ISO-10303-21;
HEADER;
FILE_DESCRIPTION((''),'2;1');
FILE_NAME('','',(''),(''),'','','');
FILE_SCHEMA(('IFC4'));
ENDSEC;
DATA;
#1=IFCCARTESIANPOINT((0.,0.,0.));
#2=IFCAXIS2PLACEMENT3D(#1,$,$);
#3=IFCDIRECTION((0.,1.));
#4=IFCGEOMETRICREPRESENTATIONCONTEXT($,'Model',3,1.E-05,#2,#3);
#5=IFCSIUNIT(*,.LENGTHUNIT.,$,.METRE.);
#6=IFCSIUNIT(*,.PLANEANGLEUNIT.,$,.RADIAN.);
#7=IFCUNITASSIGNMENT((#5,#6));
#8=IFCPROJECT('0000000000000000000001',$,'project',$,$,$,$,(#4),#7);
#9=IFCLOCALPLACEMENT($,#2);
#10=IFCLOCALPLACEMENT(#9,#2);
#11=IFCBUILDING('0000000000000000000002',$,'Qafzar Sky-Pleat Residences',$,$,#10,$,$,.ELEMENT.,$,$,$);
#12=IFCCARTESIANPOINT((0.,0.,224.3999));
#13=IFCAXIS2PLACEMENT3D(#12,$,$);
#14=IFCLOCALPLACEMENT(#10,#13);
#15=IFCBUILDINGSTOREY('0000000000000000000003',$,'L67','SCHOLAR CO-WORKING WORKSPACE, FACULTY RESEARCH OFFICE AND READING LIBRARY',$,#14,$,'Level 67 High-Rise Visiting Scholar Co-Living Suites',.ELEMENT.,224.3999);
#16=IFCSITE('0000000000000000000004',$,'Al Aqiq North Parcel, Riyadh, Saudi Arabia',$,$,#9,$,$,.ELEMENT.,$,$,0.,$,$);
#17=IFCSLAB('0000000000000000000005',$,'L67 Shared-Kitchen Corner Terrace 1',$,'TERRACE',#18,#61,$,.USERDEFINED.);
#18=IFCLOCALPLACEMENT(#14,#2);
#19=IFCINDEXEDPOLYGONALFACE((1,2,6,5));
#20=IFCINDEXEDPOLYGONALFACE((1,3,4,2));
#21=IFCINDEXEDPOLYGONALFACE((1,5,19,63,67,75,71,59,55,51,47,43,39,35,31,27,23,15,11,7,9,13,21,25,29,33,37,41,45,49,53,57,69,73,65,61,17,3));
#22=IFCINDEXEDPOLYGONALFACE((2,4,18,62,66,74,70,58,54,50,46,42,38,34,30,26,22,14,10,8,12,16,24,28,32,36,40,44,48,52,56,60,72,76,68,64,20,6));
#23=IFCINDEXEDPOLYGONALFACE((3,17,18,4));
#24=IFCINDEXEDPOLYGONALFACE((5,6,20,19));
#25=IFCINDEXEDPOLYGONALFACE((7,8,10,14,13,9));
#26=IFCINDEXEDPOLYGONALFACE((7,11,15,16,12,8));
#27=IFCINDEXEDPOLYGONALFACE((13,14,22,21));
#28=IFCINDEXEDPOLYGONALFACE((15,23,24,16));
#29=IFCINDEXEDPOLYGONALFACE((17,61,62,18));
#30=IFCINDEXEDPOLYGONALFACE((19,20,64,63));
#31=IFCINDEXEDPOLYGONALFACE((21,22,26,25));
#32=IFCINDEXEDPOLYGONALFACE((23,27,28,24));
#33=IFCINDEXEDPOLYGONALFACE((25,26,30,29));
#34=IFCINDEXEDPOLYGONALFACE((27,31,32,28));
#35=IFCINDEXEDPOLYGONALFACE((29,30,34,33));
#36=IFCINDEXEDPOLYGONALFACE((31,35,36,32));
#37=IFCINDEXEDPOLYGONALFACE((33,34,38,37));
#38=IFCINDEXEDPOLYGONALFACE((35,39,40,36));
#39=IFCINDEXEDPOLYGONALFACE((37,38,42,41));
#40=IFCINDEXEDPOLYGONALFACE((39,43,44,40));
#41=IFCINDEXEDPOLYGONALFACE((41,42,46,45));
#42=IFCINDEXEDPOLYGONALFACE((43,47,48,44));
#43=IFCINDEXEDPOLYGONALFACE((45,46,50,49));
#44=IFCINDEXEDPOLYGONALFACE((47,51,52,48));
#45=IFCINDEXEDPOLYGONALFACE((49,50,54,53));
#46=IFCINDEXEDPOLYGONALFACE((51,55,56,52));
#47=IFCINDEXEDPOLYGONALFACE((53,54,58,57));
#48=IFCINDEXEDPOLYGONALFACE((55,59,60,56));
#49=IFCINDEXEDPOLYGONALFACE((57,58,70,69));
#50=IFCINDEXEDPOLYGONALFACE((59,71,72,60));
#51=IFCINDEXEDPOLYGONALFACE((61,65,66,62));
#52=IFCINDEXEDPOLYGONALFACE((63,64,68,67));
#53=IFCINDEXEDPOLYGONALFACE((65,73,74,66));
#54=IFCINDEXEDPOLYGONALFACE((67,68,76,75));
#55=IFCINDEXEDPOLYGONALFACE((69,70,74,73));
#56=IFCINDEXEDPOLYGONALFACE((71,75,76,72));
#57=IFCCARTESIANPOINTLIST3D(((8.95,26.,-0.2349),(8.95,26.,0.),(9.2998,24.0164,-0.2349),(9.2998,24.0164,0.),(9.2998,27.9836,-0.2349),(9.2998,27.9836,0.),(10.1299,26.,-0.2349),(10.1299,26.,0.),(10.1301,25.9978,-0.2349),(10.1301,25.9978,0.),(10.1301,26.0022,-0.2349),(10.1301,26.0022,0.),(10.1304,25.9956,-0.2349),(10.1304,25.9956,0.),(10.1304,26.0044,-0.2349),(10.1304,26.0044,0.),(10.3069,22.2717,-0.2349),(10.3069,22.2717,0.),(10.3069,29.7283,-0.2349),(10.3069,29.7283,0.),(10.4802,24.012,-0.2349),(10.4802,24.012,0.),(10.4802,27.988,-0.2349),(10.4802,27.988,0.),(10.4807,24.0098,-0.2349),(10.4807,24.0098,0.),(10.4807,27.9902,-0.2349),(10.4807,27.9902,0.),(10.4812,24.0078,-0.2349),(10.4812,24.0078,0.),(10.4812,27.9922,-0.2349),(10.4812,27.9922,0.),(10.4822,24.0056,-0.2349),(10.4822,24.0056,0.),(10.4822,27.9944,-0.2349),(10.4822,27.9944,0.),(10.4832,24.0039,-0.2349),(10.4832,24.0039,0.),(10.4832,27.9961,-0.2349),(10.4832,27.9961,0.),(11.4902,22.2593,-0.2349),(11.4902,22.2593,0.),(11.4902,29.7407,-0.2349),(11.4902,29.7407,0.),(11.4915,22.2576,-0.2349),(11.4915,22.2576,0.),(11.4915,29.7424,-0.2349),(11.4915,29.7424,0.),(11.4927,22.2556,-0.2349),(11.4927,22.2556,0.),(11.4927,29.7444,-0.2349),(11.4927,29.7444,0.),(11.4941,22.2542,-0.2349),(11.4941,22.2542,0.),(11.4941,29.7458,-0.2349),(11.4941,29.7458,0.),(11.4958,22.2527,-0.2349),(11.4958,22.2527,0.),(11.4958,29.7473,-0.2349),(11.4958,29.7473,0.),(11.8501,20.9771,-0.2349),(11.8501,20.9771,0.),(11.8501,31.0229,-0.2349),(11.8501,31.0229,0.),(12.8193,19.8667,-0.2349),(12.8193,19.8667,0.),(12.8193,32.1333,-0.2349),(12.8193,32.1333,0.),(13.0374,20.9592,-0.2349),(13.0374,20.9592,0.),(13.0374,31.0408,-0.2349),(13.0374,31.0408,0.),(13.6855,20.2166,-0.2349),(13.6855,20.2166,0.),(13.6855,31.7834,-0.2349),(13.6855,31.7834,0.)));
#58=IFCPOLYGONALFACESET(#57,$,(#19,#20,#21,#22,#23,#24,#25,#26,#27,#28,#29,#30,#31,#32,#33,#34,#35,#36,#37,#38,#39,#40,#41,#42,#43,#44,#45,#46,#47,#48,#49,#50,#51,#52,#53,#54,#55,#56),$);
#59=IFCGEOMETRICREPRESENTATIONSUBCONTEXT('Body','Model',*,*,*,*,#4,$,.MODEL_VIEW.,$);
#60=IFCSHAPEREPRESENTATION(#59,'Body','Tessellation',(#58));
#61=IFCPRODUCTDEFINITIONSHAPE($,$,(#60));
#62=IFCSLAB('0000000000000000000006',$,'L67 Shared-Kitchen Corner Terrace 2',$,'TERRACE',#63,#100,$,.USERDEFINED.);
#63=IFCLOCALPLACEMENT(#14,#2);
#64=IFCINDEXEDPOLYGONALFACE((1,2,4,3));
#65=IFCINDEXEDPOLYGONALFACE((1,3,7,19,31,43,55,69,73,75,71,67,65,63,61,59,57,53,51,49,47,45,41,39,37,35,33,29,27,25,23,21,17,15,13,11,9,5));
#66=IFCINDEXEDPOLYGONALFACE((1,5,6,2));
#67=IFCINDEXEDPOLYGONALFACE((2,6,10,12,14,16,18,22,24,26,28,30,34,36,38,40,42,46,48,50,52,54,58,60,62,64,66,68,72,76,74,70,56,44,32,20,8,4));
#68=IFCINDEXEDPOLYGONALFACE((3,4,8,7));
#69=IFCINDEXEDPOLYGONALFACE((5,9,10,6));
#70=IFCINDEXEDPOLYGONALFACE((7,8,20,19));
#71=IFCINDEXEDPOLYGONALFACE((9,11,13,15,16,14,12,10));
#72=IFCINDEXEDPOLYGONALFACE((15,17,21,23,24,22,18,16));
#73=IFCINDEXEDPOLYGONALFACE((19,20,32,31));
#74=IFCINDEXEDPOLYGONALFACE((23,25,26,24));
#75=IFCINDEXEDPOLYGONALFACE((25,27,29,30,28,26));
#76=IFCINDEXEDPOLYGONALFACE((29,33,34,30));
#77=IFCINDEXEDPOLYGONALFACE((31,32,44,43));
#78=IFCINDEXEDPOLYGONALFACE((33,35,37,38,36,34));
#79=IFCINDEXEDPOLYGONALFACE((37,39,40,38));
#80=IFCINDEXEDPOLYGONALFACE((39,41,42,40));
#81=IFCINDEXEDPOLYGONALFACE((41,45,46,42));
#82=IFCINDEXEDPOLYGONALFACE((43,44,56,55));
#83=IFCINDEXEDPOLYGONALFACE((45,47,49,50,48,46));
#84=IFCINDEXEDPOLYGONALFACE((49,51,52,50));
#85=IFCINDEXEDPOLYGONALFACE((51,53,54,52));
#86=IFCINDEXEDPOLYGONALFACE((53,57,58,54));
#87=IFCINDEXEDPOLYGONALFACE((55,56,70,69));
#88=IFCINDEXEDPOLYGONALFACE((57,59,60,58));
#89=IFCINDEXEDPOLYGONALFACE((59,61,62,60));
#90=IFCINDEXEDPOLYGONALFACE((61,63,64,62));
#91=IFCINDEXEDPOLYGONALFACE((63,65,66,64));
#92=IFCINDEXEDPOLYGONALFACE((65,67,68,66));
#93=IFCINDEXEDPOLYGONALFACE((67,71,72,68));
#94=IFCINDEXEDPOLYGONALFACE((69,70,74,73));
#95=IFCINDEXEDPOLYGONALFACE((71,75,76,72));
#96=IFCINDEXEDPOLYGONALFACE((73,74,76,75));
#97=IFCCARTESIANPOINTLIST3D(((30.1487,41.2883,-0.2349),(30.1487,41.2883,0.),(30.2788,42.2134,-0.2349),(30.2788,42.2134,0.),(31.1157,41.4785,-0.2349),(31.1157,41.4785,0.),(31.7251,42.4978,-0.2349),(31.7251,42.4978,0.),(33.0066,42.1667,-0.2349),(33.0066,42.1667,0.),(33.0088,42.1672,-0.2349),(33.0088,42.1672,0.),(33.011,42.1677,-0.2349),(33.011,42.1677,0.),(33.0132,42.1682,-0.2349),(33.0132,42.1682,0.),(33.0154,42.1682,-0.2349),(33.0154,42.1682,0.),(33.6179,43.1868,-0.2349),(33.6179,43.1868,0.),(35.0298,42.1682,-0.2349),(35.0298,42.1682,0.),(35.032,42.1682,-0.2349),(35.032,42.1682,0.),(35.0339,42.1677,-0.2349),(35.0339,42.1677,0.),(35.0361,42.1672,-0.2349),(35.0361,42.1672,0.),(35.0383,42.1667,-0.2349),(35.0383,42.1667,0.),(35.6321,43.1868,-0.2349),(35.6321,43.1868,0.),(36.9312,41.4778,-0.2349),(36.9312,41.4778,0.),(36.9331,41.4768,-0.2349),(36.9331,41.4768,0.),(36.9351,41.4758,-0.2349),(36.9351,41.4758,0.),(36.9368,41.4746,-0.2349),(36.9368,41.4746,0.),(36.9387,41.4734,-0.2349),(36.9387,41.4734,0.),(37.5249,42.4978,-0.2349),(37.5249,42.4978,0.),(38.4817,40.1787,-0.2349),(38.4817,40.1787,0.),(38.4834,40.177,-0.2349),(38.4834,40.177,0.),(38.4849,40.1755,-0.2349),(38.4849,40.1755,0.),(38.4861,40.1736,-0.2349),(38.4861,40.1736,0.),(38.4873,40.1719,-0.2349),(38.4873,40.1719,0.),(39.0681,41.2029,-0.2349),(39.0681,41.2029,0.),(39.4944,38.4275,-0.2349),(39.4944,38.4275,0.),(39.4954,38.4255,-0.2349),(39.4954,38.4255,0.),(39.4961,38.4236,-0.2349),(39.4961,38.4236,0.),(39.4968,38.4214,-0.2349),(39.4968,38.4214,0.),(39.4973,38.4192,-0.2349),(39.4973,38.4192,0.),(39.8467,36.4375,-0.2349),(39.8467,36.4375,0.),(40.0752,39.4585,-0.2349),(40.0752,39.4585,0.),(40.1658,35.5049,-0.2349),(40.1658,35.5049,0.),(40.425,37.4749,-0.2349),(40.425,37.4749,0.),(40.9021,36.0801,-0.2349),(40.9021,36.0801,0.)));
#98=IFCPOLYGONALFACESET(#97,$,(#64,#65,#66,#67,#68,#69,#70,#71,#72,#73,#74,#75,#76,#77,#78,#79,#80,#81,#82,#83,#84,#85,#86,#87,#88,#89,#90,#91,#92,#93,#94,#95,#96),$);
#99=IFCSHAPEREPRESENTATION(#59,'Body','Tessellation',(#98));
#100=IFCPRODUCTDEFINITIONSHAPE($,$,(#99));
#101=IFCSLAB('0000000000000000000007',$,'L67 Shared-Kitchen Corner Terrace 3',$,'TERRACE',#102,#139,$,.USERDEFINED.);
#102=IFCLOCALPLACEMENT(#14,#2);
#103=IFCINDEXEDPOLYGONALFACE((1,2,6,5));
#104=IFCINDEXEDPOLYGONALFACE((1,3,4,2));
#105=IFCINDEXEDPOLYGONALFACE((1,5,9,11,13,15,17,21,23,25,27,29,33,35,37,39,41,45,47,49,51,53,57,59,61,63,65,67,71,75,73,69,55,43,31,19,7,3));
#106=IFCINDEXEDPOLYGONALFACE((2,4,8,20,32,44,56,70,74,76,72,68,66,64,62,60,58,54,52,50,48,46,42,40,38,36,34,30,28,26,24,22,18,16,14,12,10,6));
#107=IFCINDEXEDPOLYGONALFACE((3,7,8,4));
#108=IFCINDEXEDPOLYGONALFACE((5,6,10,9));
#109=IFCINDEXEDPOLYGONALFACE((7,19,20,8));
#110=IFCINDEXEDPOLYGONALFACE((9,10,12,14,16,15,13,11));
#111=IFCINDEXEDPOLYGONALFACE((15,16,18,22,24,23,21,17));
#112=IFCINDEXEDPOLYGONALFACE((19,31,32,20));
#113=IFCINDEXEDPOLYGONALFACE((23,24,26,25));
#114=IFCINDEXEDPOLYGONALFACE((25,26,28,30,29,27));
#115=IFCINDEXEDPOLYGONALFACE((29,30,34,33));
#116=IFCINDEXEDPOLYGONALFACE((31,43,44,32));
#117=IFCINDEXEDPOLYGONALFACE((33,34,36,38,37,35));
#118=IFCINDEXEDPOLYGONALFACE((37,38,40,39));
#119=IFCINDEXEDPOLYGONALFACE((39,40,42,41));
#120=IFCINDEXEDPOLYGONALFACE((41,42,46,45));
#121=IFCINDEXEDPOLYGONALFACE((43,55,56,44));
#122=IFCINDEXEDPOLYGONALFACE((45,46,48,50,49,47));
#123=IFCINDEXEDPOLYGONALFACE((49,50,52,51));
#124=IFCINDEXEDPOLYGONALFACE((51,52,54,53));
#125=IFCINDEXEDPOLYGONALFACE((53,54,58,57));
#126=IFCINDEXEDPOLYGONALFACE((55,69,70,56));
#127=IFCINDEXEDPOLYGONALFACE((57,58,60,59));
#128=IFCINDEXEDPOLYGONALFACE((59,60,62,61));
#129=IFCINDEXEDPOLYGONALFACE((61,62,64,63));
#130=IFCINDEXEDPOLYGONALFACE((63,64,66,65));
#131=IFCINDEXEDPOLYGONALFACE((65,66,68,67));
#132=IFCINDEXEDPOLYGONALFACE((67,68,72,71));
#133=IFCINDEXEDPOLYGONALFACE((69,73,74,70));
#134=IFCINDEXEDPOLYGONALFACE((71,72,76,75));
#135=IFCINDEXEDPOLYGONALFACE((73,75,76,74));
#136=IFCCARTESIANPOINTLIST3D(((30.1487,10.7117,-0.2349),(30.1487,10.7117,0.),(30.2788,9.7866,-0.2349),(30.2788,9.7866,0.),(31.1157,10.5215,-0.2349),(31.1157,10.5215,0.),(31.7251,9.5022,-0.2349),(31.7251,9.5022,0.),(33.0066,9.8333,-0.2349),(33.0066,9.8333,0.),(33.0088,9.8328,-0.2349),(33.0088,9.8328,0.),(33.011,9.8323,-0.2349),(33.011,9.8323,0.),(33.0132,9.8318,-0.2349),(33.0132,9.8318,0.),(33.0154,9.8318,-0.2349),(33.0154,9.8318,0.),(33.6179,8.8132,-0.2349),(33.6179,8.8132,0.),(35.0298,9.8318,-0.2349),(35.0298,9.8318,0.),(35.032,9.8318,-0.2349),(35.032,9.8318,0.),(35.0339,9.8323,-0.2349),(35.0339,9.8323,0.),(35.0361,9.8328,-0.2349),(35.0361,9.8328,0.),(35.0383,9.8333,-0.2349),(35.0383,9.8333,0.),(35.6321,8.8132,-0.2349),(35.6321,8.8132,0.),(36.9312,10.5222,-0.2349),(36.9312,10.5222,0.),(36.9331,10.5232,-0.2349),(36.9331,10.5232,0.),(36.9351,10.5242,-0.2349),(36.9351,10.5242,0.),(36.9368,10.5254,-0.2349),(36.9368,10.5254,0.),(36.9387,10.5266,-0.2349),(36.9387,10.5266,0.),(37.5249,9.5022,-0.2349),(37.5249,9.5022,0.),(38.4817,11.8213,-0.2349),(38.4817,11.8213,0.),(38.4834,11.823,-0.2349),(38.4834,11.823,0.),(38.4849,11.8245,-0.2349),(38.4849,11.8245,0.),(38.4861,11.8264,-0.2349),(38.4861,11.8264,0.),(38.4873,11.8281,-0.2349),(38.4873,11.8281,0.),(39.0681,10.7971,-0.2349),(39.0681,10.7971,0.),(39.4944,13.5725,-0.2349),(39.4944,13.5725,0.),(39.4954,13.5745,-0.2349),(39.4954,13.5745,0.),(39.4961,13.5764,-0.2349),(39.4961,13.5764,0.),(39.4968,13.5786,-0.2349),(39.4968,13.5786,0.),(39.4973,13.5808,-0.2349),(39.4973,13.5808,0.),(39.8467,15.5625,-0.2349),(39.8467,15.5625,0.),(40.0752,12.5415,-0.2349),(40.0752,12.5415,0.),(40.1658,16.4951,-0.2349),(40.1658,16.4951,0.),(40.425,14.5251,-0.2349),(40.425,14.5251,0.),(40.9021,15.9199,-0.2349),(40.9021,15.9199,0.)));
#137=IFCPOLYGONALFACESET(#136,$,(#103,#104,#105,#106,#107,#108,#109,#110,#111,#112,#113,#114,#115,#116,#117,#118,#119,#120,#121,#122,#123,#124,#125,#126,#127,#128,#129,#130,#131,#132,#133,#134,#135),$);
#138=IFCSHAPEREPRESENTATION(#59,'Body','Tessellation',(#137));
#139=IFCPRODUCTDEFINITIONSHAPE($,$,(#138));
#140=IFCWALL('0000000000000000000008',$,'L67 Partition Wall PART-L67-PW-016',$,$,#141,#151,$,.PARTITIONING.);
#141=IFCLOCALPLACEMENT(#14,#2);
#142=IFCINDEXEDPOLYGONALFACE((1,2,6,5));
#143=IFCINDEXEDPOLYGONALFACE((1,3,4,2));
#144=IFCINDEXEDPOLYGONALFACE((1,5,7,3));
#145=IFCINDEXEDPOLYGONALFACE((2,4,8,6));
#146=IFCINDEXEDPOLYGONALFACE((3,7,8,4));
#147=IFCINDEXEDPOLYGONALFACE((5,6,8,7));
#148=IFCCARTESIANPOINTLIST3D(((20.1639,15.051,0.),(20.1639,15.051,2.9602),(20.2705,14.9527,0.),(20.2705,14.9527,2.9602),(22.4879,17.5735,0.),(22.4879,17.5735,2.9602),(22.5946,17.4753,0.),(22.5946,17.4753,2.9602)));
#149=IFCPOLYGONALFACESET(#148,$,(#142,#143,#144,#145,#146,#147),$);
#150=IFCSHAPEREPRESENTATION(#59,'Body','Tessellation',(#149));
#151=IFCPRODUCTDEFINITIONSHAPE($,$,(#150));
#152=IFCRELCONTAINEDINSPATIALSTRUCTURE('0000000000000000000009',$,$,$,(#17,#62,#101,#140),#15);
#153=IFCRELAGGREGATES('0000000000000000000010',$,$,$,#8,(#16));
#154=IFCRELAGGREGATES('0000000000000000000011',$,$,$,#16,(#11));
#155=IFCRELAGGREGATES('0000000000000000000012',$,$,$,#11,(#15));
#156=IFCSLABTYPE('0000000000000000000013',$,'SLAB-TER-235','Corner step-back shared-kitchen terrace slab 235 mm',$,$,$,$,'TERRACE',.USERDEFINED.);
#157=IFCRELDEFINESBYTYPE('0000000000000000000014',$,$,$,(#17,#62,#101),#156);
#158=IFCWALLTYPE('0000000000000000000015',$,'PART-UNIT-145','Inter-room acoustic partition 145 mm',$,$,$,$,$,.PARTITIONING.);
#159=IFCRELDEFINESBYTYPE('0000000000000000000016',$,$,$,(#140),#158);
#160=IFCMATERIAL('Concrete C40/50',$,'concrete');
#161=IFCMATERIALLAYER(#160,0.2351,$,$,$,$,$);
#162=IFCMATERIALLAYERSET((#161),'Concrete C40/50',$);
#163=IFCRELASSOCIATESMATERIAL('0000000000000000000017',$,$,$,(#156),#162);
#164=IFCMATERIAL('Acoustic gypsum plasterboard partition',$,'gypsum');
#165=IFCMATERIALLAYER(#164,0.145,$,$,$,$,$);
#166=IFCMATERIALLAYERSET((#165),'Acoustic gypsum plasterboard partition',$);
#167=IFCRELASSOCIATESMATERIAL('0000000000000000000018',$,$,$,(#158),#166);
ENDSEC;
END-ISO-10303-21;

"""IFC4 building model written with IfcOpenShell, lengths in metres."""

from ifc_helpers import new_model, si_unit, direction, frame, frame_2d, origin, place, context, subcontext, project, spatial, polyline, rectangle, outline, extrude, material, layer, layer_set, type_object, element, save


model = new_model("IFC4")

# Units and contexts
model_context = context("Model", 3, precision=1e-05, world=origin(), true_north=direction((0.0, 1.0)))
body_context = subcontext(model_context, "Body", "Model", "MODEL_VIEW")
ifc_project = project(units=[si_unit("LENGTHUNIT", "METRE"), si_unit("PLANEANGLEUNIT", "RADIAN")], contexts=[model_context])

# Site, building, storey
site_placement = place(None, origin())
site = spatial("IfcSite", under=ifc_project, at=site_placement, Name="Al Aqiq North Parcel, Riyadh, Saudi Arabia", CompositionType="ELEMENT", RefElevation=0.0)
building_placement = place(site_placement, origin())
building = spatial("IfcBuilding", under=site, at=building_placement, Name="Qafzar Sky-Pleat Residences", CompositionType="ELEMENT")
storey_placement = place(building_placement, frame((0.0, 0.0, 224.3999)))
storey = spatial("IfcBuildingStorey", under=building, at=storey_placement, Name="L67", Description="SCHOLAR CO-WORKING WORKSPACE, FACULTY RESEARCH OFFICE AND READING LIBRARY", LongName="Level 67 High-Rise Visiting Scholar Co-Living Suites", CompositionType="ELEMENT", Elevation=224.3999)

# Shared definitions
ifc_material_1 = material(Name="Concrete C40/50", Category="concrete")

# Slabs
ifc_layer_1 = layer(ifc_material_1, 0.2351)
ifc_layer_set_1 = layer_set([ifc_layer_1], Name="Concrete C40/50")
slab_type_1 = type_object("IfcSlabType", Name="SLAB-TER-235", Description="Corner step-back shared-kitchen terrace slab 235 mm", ElementType="TERRACE", PredefinedType="USERDEFINED", material=ifc_layer_set_1)
slab_1_placement = place(storey_placement, frame((0.0, 0.0, -0.2349)))
element("IfcSlab", 1, at=slab_1_placement, inside=storey, type_object=slab_type_1, Name="L67 Shared-Kitchen Corner Terrace 1", ObjectType="TERRACE", PredefinedType="USERDEFINED", context=body_context, shape_type="SweptSolid", body=[
    extrude(outline(polyline([(13.0374, 31.0408), (11.4958, 29.7473), (11.4941, 29.7458), (11.4927, 29.7444), (11.4915, 29.7424), (11.4902, 29.7407), (10.4832, 27.9961), (10.4822, 27.9944), (10.4812, 27.9922), (10.4807, 27.9902), (10.4802, 27.988), (10.1304, 26.0044), (10.1301, 26.0022), (10.1299, 26.0), (10.1301, 25.9978), (10.1304, 25.9956), (10.4802, 24.012), (10.4807, 24.0098), (10.4812, 24.0078), (10.4822, 24.0056), (10.4832, 24.0039), (11.4902, 22.2593), (11.4915, 22.2576), (11.4927, 22.2556), (11.4941, 22.2542), (11.4958, 22.2527), (13.0374, 20.9592), (13.6855, 20.2166), (12.8193, 19.8667), (11.8501, 20.9771), (10.3069, 22.2717), (9.2998, 24.0164), (8.95, 26.0), (9.2998, 27.9836), (10.3069, 29.7283), (11.8501, 31.0229), (12.8193, 32.1333), (13.6855, 31.7834), (13.0374, 31.0408)])), origin(), (0.0, 0.0, 1.0), 0.2349),
])
slab_2_placement = place(storey_placement, frame((0.0, 0.0, -0.2349)))
element("IfcSlab", 2, at=slab_2_placement, inside=storey, type_object=slab_type_1, Name="L67 Shared-Kitchen Corner Terrace 2", ObjectType="TERRACE", PredefinedType="USERDEFINED", context=body_context, shape_type="SweptSolid", body=[
    extrude(outline(polyline([(31.7251, 42.4978), (33.6179, 43.1868), (35.6321, 43.1868), (37.5249, 42.4978), (39.0681, 41.2029), (40.0752, 39.4585), (40.425, 37.4749), (40.9021, 36.0801), (40.1658, 35.5049), (39.8467, 36.4375), (39.4973, 38.4192), (39.4968, 38.4214), (39.4961, 38.4236), (39.4954, 38.4255), (39.4944, 38.4275), (38.4873, 40.1719), (38.4861, 40.1736), (38.4849, 40.1755), (38.4834, 40.177), (38.4817, 40.1787), (36.9387, 41.4734), (36.9368, 41.4746), (36.9351, 41.4758), (36.9331, 41.4768), (36.9312, 41.4778), (35.0383, 42.1667), (35.0361, 42.1672), (35.0339, 42.1677), (35.032, 42.1682), (35.0298, 42.1682), (33.0154, 42.1682), (33.0132, 42.1682), (33.011, 42.1677), (33.0088, 42.1672), (33.0066, 42.1667), (31.1157, 41.4785), (30.1487, 41.2883), (30.2788, 42.2134), (31.7251, 42.4978)])), origin(), (0.0, 0.0, 1.0), 0.2349),
])
slab_3_placement = place(storey_placement, frame((0.0, 0.0, -0.2349)))
element("IfcSlab", 3, at=slab_3_placement, inside=storey, type_object=slab_type_1, Name="L67 Shared-Kitchen Corner Terrace 3", ObjectType="TERRACE", PredefinedType="USERDEFINED", context=body_context, shape_type="SweptSolid", body=[
    extrude(outline(polyline([(40.425, 14.5251), (40.0752, 12.5415), (39.0681, 10.7971), (37.5249, 9.5022), (35.6321, 8.8132), (33.6179, 8.8132), (31.7251, 9.5022), (30.2788, 9.7866), (30.1487, 10.7117), (31.1157, 10.5215), (33.0066, 9.8333), (33.0088, 9.8328), (33.011, 9.8323), (33.0132, 9.8318), (33.0154, 9.8318), (35.0298, 9.8318), (35.032, 9.8318), (35.0339, 9.8323), (35.0361, 9.8328), (35.0383, 9.8333), (36.9312, 10.5222), (36.9331, 10.5232), (36.9351, 10.5242), (36.9368, 10.5254), (36.9387, 10.5266), (38.4817, 11.8213), (38.4834, 11.823), (38.4849, 11.8245), (38.4861, 11.8264), (38.4873, 11.8281), (39.4944, 13.5725), (39.4954, 13.5745), (39.4961, 13.5764), (39.4968, 13.5786), (39.4973, 13.5808), (39.8467, 15.5625), (40.1658, 16.4951), (40.9021, 15.9199), (40.425, 14.5251)])), origin(), (0.0, 0.0, 1.0), 0.2349),
])

# Wall
ifc_material_2 = material(Name="Acoustic gypsum plasterboard partition", Category="gypsum")
ifc_layer_2 = layer(ifc_material_2, 0.145)
ifc_layer_set_2 = layer_set([ifc_layer_2], Name="Acoustic gypsum plasterboard partition")
wall_type_1 = type_object("IfcWallType", Name="PART-UNIT-145", Description="Inter-room acoustic partition 145 mm", PredefinedType="PARTITIONING", material=ifc_layer_set_2)
wall_1_placement = place(storey_placement, frame((20.2173, 15.002, 0.0), z_axis=(0.0, 0.0, 1.0), x_axis=(0.677579, 0.73545, 0.0)))
element("IfcWall", 4, at=wall_1_placement, inside=storey, type_object=wall_type_1, Name="L67 Partition Wall PART-L67-PW-016", PredefinedType="PARTITIONING", context=body_context, shape_type="SweptSolid", body=[
    extrude(rectangle(XDim=3.4299, YDim=0.145, at=frame_2d((1.7148, 0.0))), origin(), (0.0, 0.0, 1.0), 2.9602),
])

save(model, "model.ifc")
